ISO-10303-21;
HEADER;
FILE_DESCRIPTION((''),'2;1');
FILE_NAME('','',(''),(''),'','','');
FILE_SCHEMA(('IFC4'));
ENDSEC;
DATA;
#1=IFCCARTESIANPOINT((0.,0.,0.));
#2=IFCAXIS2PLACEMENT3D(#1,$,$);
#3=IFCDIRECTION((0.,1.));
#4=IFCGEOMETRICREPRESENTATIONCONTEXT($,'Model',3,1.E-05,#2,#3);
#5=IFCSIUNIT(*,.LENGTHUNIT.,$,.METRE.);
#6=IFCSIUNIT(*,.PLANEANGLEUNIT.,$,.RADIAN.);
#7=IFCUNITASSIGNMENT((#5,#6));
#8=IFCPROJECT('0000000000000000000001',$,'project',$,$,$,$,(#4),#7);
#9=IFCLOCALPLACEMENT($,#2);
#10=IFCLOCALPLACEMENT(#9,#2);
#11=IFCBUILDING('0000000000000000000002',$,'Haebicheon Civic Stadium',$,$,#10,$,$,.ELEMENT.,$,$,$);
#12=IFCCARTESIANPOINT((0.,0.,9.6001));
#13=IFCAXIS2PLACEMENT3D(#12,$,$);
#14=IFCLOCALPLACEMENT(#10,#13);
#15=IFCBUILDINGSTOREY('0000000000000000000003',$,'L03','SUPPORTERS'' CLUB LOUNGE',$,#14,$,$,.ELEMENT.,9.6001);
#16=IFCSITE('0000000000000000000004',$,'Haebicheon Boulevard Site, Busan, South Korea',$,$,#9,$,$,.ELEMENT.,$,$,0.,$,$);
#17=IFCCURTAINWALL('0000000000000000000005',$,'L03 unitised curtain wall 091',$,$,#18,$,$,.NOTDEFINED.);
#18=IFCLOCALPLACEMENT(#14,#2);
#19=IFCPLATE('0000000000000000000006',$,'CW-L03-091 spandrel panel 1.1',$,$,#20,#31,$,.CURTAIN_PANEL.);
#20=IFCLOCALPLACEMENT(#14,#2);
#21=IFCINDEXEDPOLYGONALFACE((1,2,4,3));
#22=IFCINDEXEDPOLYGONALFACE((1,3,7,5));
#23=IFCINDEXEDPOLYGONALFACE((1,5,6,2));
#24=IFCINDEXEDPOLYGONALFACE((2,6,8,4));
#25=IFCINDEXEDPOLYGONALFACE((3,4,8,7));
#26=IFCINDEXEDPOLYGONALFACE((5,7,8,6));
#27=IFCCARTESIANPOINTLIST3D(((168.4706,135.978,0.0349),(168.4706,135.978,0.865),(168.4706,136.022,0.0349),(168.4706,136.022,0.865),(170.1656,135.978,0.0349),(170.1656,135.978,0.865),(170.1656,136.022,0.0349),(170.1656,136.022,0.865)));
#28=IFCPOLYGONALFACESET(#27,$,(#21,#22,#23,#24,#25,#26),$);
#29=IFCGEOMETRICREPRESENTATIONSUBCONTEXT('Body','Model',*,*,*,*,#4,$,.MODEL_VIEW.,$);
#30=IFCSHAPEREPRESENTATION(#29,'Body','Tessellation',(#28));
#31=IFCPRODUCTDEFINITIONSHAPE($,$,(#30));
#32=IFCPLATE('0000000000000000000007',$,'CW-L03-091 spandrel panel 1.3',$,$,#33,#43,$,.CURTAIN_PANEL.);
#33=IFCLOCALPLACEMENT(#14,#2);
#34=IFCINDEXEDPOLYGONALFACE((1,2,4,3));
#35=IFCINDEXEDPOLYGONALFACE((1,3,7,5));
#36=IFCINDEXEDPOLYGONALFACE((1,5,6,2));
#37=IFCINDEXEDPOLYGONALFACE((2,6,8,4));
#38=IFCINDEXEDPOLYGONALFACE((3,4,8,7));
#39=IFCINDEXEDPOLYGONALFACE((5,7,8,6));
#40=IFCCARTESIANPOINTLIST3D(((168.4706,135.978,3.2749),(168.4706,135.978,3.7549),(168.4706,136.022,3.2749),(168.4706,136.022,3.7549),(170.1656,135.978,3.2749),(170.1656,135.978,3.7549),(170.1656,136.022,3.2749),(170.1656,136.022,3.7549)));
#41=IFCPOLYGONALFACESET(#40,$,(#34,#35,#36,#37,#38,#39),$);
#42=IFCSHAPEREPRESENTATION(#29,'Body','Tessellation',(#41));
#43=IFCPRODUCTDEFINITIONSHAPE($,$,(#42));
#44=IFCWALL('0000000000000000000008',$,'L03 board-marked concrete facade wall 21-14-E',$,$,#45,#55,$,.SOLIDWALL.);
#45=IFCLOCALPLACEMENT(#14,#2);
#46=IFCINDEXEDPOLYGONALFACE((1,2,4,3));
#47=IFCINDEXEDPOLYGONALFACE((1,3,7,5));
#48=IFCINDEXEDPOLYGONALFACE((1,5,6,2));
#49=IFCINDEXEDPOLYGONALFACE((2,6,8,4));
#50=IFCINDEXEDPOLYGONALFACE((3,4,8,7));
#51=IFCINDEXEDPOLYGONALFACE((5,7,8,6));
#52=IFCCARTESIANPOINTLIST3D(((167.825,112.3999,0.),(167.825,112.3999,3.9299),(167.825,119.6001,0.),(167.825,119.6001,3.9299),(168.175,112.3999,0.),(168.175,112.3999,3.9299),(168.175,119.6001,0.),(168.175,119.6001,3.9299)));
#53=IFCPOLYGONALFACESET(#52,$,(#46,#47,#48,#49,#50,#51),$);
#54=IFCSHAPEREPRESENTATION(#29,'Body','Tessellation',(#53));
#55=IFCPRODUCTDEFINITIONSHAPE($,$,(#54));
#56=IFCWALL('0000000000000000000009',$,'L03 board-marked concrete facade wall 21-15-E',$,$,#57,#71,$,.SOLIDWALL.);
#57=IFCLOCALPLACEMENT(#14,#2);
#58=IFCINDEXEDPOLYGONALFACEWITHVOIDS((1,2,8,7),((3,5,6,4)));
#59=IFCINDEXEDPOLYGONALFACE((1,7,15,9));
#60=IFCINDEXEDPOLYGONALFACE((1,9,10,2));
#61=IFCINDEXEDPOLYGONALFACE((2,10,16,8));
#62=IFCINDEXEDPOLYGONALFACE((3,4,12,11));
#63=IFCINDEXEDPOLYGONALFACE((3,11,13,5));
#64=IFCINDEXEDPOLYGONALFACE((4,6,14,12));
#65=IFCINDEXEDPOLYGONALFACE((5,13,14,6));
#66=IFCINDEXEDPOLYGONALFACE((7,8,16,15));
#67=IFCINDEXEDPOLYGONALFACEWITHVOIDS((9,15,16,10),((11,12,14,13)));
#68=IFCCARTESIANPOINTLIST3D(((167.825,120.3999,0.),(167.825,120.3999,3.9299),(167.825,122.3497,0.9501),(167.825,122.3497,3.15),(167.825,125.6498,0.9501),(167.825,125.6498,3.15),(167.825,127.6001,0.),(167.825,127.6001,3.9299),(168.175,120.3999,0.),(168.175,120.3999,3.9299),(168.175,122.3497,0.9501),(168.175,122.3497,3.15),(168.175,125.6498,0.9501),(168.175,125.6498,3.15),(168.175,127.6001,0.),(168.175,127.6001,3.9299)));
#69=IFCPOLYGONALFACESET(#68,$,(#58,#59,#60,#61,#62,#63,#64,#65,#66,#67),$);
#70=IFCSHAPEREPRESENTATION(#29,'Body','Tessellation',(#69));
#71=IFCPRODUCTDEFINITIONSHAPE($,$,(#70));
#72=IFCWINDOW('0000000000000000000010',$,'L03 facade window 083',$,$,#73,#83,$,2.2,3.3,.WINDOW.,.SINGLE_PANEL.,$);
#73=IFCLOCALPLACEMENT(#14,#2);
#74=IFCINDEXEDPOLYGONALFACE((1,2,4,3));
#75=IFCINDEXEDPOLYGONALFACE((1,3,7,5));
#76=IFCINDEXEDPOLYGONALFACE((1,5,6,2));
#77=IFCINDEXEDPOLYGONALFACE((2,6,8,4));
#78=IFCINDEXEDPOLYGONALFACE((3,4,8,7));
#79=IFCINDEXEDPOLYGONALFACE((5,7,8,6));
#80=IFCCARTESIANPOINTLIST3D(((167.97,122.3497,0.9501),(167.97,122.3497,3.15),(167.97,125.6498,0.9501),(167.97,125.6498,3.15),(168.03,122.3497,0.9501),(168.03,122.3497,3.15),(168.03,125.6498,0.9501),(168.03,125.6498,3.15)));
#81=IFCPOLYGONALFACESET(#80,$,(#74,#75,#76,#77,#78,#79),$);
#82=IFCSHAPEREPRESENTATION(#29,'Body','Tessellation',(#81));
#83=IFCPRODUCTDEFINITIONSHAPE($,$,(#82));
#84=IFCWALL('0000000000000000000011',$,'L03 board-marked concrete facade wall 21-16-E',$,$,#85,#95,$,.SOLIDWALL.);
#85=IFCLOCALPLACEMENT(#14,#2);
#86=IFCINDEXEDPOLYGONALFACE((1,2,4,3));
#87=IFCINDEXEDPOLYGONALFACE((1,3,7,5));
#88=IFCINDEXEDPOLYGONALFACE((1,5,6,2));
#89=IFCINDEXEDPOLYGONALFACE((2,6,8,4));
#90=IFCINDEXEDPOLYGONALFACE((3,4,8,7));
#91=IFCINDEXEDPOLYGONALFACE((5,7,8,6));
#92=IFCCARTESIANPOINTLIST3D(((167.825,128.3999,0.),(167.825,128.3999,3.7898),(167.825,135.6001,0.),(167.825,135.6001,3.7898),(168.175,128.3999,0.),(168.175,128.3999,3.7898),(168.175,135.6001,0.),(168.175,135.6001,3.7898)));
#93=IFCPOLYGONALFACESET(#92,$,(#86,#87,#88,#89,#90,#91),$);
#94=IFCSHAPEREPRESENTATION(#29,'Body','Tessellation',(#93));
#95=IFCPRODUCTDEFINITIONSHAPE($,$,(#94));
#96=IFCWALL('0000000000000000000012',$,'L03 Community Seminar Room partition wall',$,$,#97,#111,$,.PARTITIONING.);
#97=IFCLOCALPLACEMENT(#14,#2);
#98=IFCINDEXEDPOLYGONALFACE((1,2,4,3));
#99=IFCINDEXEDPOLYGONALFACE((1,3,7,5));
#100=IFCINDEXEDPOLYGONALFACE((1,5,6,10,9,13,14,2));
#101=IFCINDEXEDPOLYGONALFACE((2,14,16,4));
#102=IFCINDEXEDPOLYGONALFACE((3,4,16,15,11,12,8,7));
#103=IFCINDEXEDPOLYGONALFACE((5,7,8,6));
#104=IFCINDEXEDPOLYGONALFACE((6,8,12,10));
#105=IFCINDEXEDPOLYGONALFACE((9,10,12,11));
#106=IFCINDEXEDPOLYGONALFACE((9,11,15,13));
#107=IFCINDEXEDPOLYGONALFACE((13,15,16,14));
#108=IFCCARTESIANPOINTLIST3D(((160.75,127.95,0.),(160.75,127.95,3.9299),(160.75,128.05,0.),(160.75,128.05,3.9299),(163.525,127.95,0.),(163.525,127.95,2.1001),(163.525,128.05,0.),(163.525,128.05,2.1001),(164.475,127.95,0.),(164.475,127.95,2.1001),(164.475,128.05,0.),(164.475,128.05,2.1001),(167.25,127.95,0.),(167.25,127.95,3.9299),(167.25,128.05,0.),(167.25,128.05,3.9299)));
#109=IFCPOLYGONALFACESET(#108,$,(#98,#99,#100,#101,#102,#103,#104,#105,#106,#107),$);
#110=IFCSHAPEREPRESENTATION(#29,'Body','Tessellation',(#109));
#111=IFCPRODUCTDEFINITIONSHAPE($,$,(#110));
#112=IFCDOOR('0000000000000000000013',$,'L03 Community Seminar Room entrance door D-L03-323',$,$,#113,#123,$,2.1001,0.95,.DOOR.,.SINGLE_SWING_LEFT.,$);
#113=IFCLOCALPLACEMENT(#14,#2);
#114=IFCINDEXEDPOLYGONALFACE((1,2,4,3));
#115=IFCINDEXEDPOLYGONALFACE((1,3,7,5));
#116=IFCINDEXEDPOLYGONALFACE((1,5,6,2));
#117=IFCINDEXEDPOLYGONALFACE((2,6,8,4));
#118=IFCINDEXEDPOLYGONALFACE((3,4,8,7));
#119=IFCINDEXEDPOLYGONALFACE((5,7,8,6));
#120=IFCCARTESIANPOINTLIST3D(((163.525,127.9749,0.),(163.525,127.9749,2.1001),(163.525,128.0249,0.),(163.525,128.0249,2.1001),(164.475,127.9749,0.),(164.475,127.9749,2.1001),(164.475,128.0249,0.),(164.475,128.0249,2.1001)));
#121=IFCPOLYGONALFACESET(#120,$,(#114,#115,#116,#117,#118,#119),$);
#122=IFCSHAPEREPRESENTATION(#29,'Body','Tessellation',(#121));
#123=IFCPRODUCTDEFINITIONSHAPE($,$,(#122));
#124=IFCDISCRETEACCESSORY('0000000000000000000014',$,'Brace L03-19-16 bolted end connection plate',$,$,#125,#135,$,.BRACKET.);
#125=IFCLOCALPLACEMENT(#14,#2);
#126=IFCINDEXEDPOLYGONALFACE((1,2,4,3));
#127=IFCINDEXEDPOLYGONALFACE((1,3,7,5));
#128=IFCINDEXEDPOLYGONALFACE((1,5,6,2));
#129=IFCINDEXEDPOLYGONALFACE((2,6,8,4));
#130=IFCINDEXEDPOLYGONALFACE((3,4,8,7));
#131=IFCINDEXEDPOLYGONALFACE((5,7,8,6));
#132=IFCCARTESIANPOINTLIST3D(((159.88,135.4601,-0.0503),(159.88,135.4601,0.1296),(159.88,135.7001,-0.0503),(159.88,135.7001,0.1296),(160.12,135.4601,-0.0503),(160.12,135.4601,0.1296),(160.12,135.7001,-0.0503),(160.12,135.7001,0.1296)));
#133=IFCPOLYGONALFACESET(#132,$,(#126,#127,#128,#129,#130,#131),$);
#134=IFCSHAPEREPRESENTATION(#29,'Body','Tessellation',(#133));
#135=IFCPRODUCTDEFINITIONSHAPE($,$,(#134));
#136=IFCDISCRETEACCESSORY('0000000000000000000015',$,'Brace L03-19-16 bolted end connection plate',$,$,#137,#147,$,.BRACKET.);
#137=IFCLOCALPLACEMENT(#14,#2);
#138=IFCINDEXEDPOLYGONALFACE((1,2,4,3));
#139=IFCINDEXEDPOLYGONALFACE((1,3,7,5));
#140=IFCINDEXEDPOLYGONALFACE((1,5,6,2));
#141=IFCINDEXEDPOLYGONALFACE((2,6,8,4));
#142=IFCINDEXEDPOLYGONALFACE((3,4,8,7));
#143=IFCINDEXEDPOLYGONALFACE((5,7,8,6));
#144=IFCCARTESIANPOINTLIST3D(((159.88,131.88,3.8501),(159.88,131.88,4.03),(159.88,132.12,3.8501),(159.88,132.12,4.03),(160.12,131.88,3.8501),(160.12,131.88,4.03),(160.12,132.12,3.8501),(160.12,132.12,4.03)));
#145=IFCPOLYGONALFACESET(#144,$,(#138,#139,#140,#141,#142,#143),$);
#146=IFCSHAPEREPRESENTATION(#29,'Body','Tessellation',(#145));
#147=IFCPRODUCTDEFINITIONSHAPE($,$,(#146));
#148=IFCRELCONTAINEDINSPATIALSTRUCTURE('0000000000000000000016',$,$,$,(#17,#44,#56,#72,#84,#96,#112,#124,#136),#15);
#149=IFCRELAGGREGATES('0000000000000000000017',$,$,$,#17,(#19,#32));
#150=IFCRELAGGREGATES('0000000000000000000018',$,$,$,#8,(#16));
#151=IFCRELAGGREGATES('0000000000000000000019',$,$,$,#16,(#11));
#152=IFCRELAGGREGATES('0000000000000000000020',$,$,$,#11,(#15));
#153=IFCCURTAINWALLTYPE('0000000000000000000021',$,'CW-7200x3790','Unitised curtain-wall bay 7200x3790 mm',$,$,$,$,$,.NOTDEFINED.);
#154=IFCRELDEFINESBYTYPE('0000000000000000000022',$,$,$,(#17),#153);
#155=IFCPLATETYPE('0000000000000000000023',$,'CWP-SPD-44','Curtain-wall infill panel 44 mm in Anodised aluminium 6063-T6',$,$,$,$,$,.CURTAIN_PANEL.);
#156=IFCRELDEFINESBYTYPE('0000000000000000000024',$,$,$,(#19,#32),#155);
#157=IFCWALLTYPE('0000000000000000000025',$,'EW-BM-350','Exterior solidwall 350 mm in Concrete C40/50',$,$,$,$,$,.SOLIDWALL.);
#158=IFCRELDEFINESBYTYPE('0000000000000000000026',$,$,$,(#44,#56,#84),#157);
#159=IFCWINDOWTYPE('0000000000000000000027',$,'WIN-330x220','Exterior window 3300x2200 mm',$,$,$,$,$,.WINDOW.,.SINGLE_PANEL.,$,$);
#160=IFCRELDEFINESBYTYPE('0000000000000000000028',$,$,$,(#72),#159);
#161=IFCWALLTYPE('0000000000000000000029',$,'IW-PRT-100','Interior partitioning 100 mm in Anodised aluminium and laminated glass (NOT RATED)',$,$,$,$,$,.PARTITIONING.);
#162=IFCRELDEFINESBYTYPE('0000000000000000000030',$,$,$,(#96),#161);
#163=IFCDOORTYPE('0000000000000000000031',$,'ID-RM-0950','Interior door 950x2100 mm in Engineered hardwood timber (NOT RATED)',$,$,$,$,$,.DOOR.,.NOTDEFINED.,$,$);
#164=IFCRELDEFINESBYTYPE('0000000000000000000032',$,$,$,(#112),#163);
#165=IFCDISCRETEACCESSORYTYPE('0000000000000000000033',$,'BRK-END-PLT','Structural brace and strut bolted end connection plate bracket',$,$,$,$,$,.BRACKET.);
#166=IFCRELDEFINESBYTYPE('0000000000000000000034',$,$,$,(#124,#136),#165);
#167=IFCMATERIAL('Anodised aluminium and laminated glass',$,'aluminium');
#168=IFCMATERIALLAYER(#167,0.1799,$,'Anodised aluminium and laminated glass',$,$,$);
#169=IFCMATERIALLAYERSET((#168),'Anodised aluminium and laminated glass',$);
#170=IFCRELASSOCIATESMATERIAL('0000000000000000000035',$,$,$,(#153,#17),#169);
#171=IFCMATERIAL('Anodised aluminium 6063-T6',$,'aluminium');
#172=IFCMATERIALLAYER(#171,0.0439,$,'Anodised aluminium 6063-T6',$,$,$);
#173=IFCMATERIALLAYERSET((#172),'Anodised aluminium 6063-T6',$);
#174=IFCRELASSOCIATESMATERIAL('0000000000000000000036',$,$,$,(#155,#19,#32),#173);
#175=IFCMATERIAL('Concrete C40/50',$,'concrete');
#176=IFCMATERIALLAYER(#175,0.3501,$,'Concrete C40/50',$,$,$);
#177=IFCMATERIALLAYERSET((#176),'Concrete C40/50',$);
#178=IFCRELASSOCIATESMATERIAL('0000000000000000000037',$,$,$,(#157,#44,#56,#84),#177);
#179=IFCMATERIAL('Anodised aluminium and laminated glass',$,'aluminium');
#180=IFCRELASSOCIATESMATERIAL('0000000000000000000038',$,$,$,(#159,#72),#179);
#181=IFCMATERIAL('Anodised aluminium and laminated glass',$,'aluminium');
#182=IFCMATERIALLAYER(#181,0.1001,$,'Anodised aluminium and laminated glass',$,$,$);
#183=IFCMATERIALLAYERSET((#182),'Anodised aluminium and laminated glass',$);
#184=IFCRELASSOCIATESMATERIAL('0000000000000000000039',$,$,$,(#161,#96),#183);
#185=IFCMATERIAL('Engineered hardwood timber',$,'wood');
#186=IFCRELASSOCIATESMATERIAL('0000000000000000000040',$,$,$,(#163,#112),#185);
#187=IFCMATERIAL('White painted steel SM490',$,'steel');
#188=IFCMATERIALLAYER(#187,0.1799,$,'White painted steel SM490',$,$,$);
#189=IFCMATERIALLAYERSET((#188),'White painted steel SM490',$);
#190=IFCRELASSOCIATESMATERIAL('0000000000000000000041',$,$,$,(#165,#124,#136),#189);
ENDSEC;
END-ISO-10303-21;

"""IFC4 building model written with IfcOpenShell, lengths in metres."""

from ifc_helpers import new_model, si_unit, direction, frame, frame_2d, origin, origin_2d, place, context, subcontext, project, spatial, rectangle, extrude, material, layer, layer_set, type_object, element, fill, aggregate, save


model = new_model("IFC4")

# Units and contexts
model_context = context("Model", 3, precision=1e-05, world=origin(), true_north=direction((0.0, 1.0)))
body_context = subcontext(model_context, "Body", "Model", "MODEL_VIEW")
ifc_project = project(units=[si_unit("LENGTHUNIT", "METRE"), si_unit("PLANEANGLEUNIT", "RADIAN")], contexts=[model_context])

# Site, building, storey
site_placement = place(None, origin())
site = spatial("IfcSite", under=ifc_project, at=site_placement, Name="Haebicheon Boulevard Site, Busan, South Korea", CompositionType="ELEMENT", RefElevation=0.0)
building_placement = place(site_placement, origin())
building = spatial("IfcBuilding", under=site, at=building_placement, Name="Haebicheon Civic Stadium", CompositionType="ELEMENT")
storey_placement = place(building_placement, frame((0.0, 0.0, 9.6001)))
storey = spatial("IfcBuildingStorey", under=building, at=storey_placement, Name="L03", Description="SUPPORTERS' CLUB LOUNGE", CompositionType="ELEMENT", Elevation=9.6001)

# Curtain wall
ifc_material_1 = material(Name="Anodised aluminium and laminated glass", Category="aluminium")
ifc_layer_1 = layer(ifc_material_1, 0.1799, Name="Anodised aluminium and laminated glass")
ifc_layer_set_1 = layer_set([ifc_layer_1], Name="Anodised aluminium and laminated glass")
curtain_wall_type = type_object("IfcCurtainWallType", Name="CW-7200x3790", Description="Unitised curtain-wall bay 7200x3790 mm", PredefinedType="NOTDEFINED", material=ifc_layer_set_1)
curtain_wall_placement = place(storey_placement, origin())
curtain_wall = element("IfcCurtainWall", 1, at=curtain_wall_placement, inside=storey, type_object=curtain_wall_type, material=ifc_layer_set_1, Name="L03 unitised curtain wall 091", PredefinedType="NOTDEFINED")

# Plates
ifc_material_2 = material(Name="Anodised aluminium 6063-T6", Category="aluminium")
ifc_layer_2 = layer(ifc_material_2, 0.0439, Name="Anodised aluminium 6063-T6")
ifc_layer_set_2 = layer_set([ifc_layer_2], Name="Anodised aluminium 6063-T6")
plate_type_1 = type_object("IfcPlateType", Name="CWP-SPD-44", Description="Curtain-wall infill panel 44 mm in Anodised aluminium 6063-T6", PredefinedType="CURTAIN_PANEL", material=ifc_layer_set_2)
plate_1_placement = place(storey_placement, frame((169.3181, 136.0, 0.0349), z_axis=(0.0, 0.0, 1.0), x_axis=(1.0, 0.0, 0.0)))
plate_1 = element("IfcPlate", 2, at=plate_1_placement, type_object=plate_type_1, material=ifc_layer_set_2, Name="CW-L03-091 spandrel panel 1.1", PredefinedType="CURTAIN_PANEL", context=body_context, shape_type="SweptSolid", body=[
    extrude(rectangle(XDim=1.6951, YDim=0.0439, at=origin_2d()), origin(), (0.0, 0.0, 1.0), 0.8301),
])
plate_2_placement = place(storey_placement, frame((169.3181, 136.0, 3.2749), z_axis=(0.0, 0.0, 1.0), x_axis=(1.0, 0.0, 0.0)))
plate_2 = element("IfcPlate", 3, at=plate_2_placement, type_object=plate_type_1, material=ifc_layer_set_2, Name="CW-L03-091 spandrel panel 1.3", PredefinedType="CURTAIN_PANEL", context=body_context, shape_type="SweptSolid", body=[
    extrude(rectangle(XDim=1.6951, YDim=0.0439, at=origin_2d()), origin(), (0.0, 0.0, 1.0), 0.48),
])
aggregate(curtain_wall, [plate_1, plate_2])

# Wall
ifc_material_3 = material(Name="Concrete C40/50", Category="concrete")
ifc_layer_3 = layer(ifc_material_3, 0.3501, Name="Concrete C40/50")
ifc_layer_set_3 = layer_set([ifc_layer_3], Name="Concrete C40/50")
wall_type_1 = type_object("IfcWallType", Name="EW-BM-350", Description="Exterior solidwall 350 mm in Concrete C40/50", PredefinedType="SOLIDWALL", material=ifc_layer_set_3)
wall_1_placement = place(storey_placement, frame((168.0, 112.3999, 0.0), z_axis=(0.0, 0.0, 1.0), x_axis=(0.0, 1.0, 0.0)))
element("IfcWall", 4, at=wall_1_placement, inside=storey, type_object=wall_type_1, material=ifc_layer_set_3, Name="L03 board-marked concrete facade wall 21-14-E", PredefinedType="SOLIDWALL", context=body_context, shape_type="SweptSolid", body=[
    extrude(rectangle(XDim=7.2002, YDim=0.3501, at=frame_2d((3.6001, 0.0))), origin(), (0.0, 0.0, 1.0), 3.9299),
])

# Wall, opening, window
wall_2_placement = place(storey_placement, frame((168.0, 120.3999, 0.0), z_axis=(0.0, 0.0, 1.0), x_axis=(0.0, 1.0, 0.0)))
wall_2 = element("IfcWall", 5, at=wall_2_placement, inside=storey, type_object=wall_type_1, material=ifc_layer_set_3, Name="L03 board-marked concrete facade wall 21-15-E", PredefinedType="SOLIDWALL", context=body_context, shape_type="SweptSolid", body=[
    extrude(rectangle(XDim=7.2002, YDim=0.3501, at=frame_2d((3.6001, 0.0))), origin(), (0.0, 0.0, 1.0), 3.9299),
])
opening_1_placement = place(wall_2_placement, frame((1.95, 0.0, 0.95)))
opening_1 = element("IfcOpeningElement", 6, at=opening_1_placement, cuts=wall_2, PredefinedType="OPENING", context=body_context, shape_type="SweptSolid", body=[
    extrude(rectangle(XDim=3.3, YDim=2.2, at=frame_2d((1.6499, 1.1001))), frame((0.0, 0.1851, 0.0), z_axis=(0.0, -1.0, 0.0), x_axis=(1.0, 0.0, 0.0)), (0.0, 0.0, 1.0), 0.3701),
])
ifc_material_4 = material(Name="Anodised aluminium and laminated glass", Category="aluminium")
window_type = type_object("IfcWindowType", Name="WIN-330x220", Description="Exterior window 3300x2200 mm", PartitioningType="SINGLE_PANEL", PredefinedType="WINDOW", material=ifc_material_4)
window_placement = place(opening_1_placement, origin())
window = element("IfcWindow", 7, at=window_placement, inside=storey, type_object=window_type, material=ifc_material_4, Name="L03 facade window 083", OverallHeight=2.2, OverallWidth=3.3, PartitioningType="SINGLE_PANEL", PredefinedType="WINDOW", context=body_context, shape_type="SweptSolid", body=[
    extrude(rectangle(XDim=3.3, YDim=2.2, at=frame_2d((1.6499, 1.1001))), frame((0.0, 0.03, 0.0), z_axis=(0.0, -1.0, 0.0), x_axis=(1.0, 0.0, 0.0)), (0.0, 0.0, 1.0), 0.0601),
])
fill(opening_1, window)

# Wall
wall_3_placement = place(storey_placement, frame((168.0, 128.3999, 0.0), z_axis=(0.0, 0.0, 1.0), x_axis=(0.0, 1.0, 0.0)))
element("IfcWall", 8, at=wall_3_placement, inside=storey, type_object=wall_type_1, material=ifc_layer_set_3, Name="L03 board-marked concrete facade wall 21-16-E", PredefinedType="SOLIDWALL", context=body_context, shape_type="SweptSolid", body=[
    extrude(rectangle(XDim=7.2002, YDim=0.3501, at=frame_2d((3.6001, 0.0))), origin(), (0.0, 0.0, 1.0), 3.7898),
])

# Wall, opening, door
ifc_material_5 = material(Name="Anodised aluminium and laminated glass", Category="aluminium")
ifc_layer_4 = layer(ifc_material_5, 0.1001, Name="Anodised aluminium and laminated glass")
ifc_layer_set_4 = layer_set([ifc_layer_4], Name="Anodised aluminium and laminated glass")
wall_type_2 = type_object("IfcWallType", Name="IW-PRT-100", Description="Interior partitioning 100 mm in Anodised aluminium and laminated glass (NOT RATED)", PredefinedType="PARTITIONING", material=ifc_layer_set_4)
wall_4_placement = place(storey_placement, frame((160.75, 128.0, 0.0), z_axis=(0.0, 0.0, 1.0), x_axis=(1.0, 0.0, 0.0)))
wall_4 = element("IfcWall", 9, at=wall_4_placement, inside=storey, type_object=wall_type_2, material=ifc_layer_set_4, Name="L03 Community Seminar Room partition wall", PredefinedType="PARTITIONING", context=body_context, shape_type="SweptSolid", body=[
    extrude(rectangle(XDim=6.5, YDim=0.1001, at=frame_2d((3.25, 0.0))), origin(), (0.0, 0.0, 1.0), 3.9299),
])
opening_2_placement = place(wall_4_placement, frame((2.7749, 0.0, 0.0)))
opening_2 = element("IfcOpeningElement", 10, at=opening_2_placement, cuts=wall_4, PredefinedType="OPENING", context=body_context, shape_type="SweptSolid", body=[
    extrude(rectangle(XDim=0.95, YDim=2.1001, at=frame_2d((0.4751, 1.05))), frame((0.0, 0.0601, 0.0), z_axis=(0.0, -1.0, 0.0), x_axis=(1.0, 0.0, 0.0)), (0.0, 0.0, 1.0), 0.1201),
])
ifc_material_6 = material(Name="Engineered hardwood timber", Category="wood")
door_type = type_object("IfcDoorType", Name="ID-RM-0950", Description="Interior door 950x2100 mm in Engineered hardwood timber (NOT RATED)", OperationType="NOTDEFINED", PredefinedType="DOOR", material=ifc_material_6)
door_placement = place(opening_2_placement, origin())
door = element("IfcDoor", 11, at=door_placement, inside=storey, type_object=door_type, material=ifc_material_6, Name="L03 Community Seminar Room entrance door D-L03-323", OperationType="SINGLE_SWING_LEFT", OverallHeight=2.1001, OverallWidth=0.95, PredefinedType="DOOR", context=body_context, shape_type="SweptSolid", body=[
    extrude(rectangle(XDim=0.95, YDim=2.1001, at=frame_2d((0.4751, 1.05))), frame((0.0, 0.0249, 0.0), z_axis=(0.0, -1.0, 0.0), x_axis=(1.0, 0.0, 0.0)), (0.0, 0.0, 1.0), 0.05),
])
fill(opening_2, door)

# Discrete accessories
ifc_material_7 = material(Name="White painted steel SM490", Category="steel")
ifc_layer_5 = layer(ifc_material_7, 0.1799, Name="White painted steel SM490")
ifc_layer_set_5 = layer_set([ifc_layer_5], Name="White painted steel SM490")
discrete_accessory_type = type_object("IfcDiscreteAccessoryType", Name="BRK-END-PLT", Description="Structural brace and strut bolted end connection plate bracket", PredefinedType="BRACKET", material=ifc_layer_set_5)
for number, where, z_axis, x_axis, name in (
    (12, (160.0, 135.5801, -0.0503), (0.0, 0.0, 1.0), (1.0, 0.0, 0.0), "Brace L03-19-16 bolted end connection plate"),
    (13, (160.0, 132.0, 3.8501), (0.0, 0.0, 1.0), (1.0, 0.0, 0.0), "Brace L03-19-16 bolted end connection plate"),
):
    element("IfcDiscreteAccessory", number, at=place(storey_placement, frame(where, z_axis=z_axis, x_axis=x_axis)), inside=storey, type_object=discrete_accessory_type, material=ifc_layer_set_5, Name=name, PredefinedType="BRACKET", context=body_context, shape_type="SweptSolid", body=[
        extrude(rectangle(XDim=0.24, YDim=0.24, at=origin_2d()), origin(), (0.0, 0.0, 1.0), 0.1799),
    ])

save(model, "model.ifc")
